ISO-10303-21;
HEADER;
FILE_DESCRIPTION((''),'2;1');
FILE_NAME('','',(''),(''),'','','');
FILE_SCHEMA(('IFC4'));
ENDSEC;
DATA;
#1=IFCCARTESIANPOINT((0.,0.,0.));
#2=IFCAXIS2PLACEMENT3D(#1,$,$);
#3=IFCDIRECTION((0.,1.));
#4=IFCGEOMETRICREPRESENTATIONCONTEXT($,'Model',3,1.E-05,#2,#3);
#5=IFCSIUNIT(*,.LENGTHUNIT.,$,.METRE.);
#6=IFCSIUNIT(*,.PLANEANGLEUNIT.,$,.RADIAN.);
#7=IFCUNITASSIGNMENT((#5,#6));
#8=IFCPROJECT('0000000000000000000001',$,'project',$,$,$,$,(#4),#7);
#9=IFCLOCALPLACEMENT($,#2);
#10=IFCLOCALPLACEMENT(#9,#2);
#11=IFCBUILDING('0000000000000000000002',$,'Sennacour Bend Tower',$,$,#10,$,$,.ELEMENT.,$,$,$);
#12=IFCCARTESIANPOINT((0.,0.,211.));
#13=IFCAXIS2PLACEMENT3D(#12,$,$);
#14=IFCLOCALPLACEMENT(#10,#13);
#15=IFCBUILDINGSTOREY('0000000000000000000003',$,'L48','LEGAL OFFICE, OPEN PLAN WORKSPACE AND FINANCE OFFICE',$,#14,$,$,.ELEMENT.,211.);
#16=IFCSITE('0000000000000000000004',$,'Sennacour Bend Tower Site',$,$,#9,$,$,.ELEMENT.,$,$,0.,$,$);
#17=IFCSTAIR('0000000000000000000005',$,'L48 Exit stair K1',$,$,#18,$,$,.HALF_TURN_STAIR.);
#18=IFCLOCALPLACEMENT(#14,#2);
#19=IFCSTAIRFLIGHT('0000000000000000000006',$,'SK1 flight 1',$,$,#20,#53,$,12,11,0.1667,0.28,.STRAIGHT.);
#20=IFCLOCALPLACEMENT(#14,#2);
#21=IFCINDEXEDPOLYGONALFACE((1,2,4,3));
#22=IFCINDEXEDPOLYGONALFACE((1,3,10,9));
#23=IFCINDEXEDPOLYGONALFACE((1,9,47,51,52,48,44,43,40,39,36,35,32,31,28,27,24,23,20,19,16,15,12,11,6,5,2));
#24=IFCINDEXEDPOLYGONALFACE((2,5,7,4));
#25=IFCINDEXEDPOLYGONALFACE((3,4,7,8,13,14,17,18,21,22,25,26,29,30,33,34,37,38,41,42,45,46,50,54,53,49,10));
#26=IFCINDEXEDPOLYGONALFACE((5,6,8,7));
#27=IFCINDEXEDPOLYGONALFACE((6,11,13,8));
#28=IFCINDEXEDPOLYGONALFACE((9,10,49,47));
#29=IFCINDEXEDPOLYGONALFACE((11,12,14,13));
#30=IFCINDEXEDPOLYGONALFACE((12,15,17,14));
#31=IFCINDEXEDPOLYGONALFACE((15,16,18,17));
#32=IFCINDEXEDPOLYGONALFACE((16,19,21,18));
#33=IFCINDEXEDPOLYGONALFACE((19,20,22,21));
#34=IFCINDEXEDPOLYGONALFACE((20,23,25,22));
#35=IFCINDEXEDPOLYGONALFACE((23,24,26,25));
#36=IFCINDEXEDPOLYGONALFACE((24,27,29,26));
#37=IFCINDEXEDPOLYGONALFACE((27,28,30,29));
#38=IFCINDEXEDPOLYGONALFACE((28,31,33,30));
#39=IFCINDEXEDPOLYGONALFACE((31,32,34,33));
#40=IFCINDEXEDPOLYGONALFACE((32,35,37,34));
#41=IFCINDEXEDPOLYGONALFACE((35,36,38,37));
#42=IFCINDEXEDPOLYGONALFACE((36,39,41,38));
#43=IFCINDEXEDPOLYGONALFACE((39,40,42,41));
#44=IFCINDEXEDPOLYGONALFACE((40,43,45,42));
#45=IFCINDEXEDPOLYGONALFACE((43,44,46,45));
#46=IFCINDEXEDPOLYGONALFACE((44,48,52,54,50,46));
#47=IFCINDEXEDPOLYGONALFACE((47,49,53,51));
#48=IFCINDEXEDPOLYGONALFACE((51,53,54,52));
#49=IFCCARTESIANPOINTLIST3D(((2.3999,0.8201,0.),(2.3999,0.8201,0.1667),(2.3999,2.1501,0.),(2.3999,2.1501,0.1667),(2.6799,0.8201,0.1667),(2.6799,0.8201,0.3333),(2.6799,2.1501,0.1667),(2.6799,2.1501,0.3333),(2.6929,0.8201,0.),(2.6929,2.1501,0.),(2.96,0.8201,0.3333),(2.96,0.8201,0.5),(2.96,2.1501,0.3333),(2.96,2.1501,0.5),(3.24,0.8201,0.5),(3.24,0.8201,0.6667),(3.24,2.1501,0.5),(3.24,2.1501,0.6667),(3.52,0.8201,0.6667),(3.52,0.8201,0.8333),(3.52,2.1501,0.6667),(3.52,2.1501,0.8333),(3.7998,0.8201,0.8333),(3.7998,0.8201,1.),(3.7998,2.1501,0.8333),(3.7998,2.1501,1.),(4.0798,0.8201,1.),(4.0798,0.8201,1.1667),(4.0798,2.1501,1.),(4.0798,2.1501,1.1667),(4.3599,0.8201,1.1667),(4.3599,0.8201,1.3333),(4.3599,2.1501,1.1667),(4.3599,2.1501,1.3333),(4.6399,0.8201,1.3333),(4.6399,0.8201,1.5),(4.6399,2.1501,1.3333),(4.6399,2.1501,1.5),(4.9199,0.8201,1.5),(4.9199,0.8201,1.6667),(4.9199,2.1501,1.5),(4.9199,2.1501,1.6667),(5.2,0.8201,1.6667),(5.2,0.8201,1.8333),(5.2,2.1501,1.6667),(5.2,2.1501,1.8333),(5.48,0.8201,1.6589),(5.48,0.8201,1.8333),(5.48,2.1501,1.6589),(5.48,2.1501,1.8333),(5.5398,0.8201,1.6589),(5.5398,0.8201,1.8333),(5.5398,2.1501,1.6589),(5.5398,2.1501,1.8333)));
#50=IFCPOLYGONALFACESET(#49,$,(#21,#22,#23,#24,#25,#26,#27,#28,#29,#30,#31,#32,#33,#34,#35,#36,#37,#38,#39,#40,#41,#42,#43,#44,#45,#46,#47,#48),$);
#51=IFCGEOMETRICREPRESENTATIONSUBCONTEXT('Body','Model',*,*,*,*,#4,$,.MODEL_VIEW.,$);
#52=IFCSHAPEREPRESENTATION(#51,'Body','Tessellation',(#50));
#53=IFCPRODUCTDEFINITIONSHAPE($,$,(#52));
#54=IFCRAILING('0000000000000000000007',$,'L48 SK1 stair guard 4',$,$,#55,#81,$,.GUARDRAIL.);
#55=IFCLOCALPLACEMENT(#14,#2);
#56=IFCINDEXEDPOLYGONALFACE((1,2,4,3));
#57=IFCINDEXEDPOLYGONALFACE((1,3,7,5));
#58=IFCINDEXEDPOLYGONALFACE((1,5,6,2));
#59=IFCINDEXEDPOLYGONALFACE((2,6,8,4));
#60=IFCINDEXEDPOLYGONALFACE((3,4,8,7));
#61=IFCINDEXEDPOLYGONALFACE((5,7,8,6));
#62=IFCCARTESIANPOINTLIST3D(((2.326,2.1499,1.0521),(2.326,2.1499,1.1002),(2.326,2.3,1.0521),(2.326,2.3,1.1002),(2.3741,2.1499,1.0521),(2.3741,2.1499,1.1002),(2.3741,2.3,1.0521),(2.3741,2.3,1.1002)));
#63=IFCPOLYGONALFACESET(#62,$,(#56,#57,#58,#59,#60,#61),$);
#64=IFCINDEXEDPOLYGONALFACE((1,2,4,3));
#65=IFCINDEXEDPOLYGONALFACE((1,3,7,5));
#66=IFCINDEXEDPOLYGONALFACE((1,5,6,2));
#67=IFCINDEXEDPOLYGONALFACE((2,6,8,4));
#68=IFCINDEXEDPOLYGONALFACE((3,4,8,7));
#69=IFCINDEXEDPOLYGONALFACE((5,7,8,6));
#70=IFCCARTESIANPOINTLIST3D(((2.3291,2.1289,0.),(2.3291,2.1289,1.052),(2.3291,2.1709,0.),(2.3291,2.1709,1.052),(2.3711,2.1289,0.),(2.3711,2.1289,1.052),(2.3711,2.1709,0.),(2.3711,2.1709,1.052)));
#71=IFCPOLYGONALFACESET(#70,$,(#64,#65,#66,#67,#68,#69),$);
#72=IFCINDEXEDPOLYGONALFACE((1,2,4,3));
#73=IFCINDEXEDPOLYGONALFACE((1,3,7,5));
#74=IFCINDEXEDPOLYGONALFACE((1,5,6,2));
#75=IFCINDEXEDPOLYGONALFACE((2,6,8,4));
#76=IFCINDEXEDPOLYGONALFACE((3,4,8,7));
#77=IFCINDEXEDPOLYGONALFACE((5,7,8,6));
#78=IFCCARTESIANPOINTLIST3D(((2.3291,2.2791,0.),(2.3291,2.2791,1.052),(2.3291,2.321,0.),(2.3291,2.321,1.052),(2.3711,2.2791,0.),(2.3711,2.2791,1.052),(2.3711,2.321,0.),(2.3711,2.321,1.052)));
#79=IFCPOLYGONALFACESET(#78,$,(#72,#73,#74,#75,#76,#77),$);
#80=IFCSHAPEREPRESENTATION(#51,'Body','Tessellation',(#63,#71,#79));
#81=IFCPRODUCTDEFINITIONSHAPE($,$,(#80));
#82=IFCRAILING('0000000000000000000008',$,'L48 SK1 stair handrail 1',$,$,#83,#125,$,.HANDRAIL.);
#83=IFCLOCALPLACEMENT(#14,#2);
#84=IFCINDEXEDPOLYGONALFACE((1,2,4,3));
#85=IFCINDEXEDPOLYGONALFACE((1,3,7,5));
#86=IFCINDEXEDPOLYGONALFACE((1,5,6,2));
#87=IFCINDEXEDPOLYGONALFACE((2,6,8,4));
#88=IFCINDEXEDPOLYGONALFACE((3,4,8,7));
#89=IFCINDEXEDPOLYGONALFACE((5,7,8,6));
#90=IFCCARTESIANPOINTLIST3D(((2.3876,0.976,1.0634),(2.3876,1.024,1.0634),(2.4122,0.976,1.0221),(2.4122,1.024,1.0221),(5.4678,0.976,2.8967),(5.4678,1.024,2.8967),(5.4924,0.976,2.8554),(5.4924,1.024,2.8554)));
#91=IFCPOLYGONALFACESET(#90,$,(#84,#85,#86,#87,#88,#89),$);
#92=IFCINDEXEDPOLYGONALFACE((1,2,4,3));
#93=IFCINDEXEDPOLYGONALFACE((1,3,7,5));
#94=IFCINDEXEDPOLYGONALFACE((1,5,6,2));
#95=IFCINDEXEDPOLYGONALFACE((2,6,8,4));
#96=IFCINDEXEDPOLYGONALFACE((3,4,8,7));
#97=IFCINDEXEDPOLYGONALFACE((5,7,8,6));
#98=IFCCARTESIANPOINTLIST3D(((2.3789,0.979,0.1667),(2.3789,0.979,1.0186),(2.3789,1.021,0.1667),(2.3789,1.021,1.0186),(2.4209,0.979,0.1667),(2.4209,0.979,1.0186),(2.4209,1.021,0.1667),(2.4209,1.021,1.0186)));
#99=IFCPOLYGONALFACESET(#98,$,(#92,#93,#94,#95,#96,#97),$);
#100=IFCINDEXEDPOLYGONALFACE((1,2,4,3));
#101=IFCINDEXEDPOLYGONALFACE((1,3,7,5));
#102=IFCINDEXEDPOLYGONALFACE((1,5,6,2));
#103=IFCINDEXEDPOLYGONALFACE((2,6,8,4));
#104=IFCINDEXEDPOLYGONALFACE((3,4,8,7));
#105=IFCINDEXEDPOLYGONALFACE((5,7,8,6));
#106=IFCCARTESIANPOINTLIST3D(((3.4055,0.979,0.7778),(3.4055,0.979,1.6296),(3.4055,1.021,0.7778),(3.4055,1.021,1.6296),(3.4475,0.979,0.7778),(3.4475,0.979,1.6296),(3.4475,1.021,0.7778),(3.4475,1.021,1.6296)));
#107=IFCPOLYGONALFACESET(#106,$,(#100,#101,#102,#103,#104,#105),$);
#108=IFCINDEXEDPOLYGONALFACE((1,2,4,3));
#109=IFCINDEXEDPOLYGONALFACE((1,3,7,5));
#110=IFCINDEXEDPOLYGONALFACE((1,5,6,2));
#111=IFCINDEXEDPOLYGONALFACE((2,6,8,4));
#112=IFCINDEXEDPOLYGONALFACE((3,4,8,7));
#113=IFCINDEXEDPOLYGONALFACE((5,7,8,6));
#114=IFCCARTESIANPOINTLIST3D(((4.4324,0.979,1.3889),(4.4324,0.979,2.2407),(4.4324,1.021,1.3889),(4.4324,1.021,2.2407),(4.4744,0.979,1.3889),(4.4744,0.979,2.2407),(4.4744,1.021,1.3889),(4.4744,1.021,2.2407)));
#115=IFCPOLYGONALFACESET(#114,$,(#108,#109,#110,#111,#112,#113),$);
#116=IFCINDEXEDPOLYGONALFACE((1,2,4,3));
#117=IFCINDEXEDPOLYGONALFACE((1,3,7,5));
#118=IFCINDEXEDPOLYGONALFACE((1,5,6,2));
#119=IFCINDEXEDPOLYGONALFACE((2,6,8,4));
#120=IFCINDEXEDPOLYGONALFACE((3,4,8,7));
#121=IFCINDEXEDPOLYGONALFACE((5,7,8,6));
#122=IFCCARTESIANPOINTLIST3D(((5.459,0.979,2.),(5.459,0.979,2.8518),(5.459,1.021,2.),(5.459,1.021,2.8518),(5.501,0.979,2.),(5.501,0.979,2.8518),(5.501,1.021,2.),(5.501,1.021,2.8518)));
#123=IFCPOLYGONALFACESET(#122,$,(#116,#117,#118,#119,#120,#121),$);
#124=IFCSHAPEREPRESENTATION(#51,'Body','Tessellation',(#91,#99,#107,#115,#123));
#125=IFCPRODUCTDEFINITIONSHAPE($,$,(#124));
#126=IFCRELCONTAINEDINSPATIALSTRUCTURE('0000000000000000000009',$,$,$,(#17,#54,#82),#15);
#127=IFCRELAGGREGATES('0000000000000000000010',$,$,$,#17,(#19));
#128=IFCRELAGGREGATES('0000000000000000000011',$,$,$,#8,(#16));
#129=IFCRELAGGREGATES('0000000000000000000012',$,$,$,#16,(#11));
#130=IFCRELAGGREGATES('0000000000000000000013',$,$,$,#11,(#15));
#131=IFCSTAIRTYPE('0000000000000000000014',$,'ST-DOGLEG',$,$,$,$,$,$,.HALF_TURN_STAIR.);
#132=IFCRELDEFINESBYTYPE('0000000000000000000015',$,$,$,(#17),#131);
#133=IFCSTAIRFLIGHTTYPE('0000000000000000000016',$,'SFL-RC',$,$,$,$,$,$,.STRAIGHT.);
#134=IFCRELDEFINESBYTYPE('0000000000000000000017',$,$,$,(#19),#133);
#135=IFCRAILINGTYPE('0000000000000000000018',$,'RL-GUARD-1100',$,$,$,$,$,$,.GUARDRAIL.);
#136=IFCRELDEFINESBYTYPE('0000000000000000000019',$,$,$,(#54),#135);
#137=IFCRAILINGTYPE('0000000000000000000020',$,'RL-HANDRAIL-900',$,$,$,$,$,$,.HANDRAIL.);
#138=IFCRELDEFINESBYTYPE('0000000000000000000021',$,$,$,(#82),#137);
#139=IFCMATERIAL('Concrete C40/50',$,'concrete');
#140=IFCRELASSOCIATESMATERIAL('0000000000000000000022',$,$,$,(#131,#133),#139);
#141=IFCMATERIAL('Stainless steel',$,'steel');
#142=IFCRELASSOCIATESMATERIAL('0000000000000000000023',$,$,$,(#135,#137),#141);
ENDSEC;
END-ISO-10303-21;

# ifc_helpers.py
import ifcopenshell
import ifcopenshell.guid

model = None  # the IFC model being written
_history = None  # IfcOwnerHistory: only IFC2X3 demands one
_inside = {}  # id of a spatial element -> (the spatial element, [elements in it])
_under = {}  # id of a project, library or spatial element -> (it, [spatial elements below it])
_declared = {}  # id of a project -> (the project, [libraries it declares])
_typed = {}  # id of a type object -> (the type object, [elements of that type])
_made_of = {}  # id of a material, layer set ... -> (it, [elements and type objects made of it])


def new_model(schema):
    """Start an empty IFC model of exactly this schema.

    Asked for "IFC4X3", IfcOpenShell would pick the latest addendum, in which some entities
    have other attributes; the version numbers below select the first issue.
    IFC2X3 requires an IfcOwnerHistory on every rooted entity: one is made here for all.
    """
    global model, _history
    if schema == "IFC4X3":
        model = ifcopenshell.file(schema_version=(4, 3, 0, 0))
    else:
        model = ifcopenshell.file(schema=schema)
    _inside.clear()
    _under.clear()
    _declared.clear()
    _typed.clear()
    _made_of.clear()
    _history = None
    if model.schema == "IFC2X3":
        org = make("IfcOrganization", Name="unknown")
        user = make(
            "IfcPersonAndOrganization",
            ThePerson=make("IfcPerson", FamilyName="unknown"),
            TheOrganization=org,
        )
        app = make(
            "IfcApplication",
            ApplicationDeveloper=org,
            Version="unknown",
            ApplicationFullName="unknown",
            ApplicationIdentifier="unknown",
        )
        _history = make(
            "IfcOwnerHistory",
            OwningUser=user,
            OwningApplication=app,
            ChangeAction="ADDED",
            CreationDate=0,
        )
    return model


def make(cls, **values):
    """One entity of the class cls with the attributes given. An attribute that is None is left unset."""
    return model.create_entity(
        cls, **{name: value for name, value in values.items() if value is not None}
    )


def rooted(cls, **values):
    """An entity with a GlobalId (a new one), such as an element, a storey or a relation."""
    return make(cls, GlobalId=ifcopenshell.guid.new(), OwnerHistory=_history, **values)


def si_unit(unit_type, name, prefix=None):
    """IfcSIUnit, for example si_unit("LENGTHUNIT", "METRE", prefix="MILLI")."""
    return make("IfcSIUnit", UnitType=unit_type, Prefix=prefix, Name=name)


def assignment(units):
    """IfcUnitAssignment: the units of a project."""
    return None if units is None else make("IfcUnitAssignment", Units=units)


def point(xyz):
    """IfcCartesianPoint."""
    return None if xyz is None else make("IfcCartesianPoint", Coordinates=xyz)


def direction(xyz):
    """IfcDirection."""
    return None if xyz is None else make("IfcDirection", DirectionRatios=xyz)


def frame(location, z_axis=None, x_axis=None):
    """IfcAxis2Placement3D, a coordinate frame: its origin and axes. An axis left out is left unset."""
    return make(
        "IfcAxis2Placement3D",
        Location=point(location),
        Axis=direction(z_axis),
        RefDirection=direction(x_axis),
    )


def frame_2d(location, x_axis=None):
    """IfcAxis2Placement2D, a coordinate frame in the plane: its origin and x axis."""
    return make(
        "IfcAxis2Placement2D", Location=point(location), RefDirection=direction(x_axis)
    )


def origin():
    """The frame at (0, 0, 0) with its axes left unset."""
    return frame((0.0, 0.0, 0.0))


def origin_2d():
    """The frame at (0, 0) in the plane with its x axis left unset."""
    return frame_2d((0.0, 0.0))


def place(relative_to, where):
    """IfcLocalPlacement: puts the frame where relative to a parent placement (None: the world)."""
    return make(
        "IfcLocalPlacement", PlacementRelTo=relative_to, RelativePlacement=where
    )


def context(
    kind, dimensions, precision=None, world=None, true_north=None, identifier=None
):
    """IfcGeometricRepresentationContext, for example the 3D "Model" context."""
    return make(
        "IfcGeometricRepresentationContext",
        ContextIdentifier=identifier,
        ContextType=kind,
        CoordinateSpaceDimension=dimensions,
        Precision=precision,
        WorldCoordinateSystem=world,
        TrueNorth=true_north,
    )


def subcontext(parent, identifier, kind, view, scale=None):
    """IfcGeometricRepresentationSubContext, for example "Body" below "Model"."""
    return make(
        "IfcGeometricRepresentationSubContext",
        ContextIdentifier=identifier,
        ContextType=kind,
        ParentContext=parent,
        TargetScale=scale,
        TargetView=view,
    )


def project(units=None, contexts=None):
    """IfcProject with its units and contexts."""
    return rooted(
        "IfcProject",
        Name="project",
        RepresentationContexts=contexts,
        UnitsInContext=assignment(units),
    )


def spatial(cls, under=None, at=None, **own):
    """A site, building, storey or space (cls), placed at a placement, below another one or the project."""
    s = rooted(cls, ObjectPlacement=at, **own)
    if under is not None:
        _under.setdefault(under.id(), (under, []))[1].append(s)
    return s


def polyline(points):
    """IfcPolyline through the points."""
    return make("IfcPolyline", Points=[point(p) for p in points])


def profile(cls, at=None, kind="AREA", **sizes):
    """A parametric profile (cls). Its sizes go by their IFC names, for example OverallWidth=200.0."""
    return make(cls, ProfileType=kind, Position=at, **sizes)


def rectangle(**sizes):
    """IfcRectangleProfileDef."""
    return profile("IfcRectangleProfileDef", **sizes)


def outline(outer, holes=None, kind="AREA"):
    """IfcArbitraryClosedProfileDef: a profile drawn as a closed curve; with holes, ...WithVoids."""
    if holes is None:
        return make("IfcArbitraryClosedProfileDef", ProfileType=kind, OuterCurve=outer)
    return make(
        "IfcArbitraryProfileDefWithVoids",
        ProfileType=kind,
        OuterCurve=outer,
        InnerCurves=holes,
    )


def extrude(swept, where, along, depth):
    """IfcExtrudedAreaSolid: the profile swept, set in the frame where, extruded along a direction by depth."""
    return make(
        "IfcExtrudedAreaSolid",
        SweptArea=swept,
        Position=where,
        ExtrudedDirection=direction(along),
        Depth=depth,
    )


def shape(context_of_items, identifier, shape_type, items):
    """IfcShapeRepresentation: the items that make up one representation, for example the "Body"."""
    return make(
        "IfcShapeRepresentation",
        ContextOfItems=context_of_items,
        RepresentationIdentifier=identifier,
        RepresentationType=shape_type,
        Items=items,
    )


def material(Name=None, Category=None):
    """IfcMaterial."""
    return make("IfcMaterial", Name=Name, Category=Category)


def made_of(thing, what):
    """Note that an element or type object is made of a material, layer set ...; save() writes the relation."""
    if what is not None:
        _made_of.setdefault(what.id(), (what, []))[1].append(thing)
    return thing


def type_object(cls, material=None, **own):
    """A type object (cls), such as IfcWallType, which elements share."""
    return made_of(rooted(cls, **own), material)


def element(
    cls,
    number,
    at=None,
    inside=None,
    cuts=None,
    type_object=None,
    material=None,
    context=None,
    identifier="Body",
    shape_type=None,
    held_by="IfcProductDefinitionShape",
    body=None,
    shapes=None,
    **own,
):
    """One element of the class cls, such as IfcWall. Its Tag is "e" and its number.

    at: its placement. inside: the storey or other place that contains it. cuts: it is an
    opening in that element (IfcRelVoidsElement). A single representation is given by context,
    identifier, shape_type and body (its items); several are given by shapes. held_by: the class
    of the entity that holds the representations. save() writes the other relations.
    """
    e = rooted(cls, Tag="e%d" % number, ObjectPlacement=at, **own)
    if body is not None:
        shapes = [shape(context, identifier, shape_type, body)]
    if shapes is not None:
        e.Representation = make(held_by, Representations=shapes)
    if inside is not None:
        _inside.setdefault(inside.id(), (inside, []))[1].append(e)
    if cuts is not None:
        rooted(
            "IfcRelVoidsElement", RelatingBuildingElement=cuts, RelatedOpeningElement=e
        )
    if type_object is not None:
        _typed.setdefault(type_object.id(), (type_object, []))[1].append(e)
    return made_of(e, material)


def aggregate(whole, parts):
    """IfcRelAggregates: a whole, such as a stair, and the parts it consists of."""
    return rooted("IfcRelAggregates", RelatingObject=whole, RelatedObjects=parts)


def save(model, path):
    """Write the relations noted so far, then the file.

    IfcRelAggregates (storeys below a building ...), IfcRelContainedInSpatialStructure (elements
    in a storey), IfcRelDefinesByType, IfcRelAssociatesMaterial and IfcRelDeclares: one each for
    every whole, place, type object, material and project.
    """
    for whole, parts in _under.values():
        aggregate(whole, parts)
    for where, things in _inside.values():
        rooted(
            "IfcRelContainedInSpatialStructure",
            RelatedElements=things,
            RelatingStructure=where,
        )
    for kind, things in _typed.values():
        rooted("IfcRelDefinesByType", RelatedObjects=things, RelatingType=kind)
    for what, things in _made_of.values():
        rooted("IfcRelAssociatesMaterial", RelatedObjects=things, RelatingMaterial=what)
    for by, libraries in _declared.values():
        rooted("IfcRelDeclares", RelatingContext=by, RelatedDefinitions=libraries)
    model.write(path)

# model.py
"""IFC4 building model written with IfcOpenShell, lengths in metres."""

from ifc_helpers import new_model, si_unit, direction, frame, origin, origin_2d, place, context, subcontext, project, spatial, polyline, rectangle, outline, extrude, material, type_object, element, aggregate, save


model = new_model("IFC4")

# Units and contexts
model_context = context("Model", 3, precision=1e-05, world=origin(), true_north=direction((0.0, 1.0)))
body_context = subcontext(model_context, "Body", "Model", "MODEL_VIEW")
ifc_project = project(units=[si_unit("LENGTHUNIT", "METRE"), si_unit("PLANEANGLEUNIT", "RADIAN")], contexts=[model_context])

# Site, building, storey
site_placement = place(None, origin())
site = spatial("IfcSite", under=ifc_project, at=site_placement, Name="Sennacour Bend Tower Site", CompositionType="ELEMENT", RefElevation=0.0)
building_placement = place(site_placement, origin())
building = spatial("IfcBuilding", under=site, at=building_placement, Name="Sennacour Bend Tower", CompositionType="ELEMENT")
storey_placement = place(building_placement, frame((0.0, 0.0, 211.0)))
storey = spatial("IfcBuildingStorey", under=building, at=storey_placement, Name="L48", Description="LEGAL OFFICE, OPEN PLAN WORKSPACE AND FINANCE OFFICE", CompositionType="ELEMENT", Elevation=211.0)

# Stair, stair flight
ifc_material_1 = material(Name="Concrete C40/50", Category="concrete")
stair_type = type_object("IfcStairType", Name="ST-DOGLEG", PredefinedType="HALF_TURN_STAIR", material=ifc_material_1)
stair_placement = place(storey_placement, origin())
stair = element("IfcStair", 1, at=stair_placement, inside=storey, type_object=stair_type, Name="L48 Exit stair K1", PredefinedType="HALF_TURN_STAIR")
stair_flight_type = type_object("IfcStairFlightType", Name="SFL-RC", PredefinedType="STRAIGHT", material=ifc_material_1)
stair_flight_placement = place(storey_placement, frame((2.3999, 1.4851, 0.0), z_axis=(0.0, 0.0, 1.0), x_axis=(1.0, 0.0, 0.0)))
stair_flight = element("IfcStairFlight", 2, at=stair_flight_placement, type_object=stair_flight_type, Name="SK1 flight 1", NumberOfRisers=12, NumberOfTreads=11, PredefinedType="STRAIGHT", RiserHeight=0.1667, TreadLength=0.28, context=body_context, shape_type="SweptSolid", body=[
    extrude(outline(polyline([(0.0, 0.0), (0.0, 0.1667), (0.28, 0.1667), (0.28, 0.3333), (0.5601, 0.3333), (0.5601, 0.5), (0.8401, 0.5), (0.8401, 0.6667), (1.1201, 0.6667), (1.1201, 0.8333), (1.3999, 0.8333), (1.3999, 1.0), (1.6799, 1.0), (1.6799, 1.1667), (1.96, 1.1667), (1.96, 1.3333), (2.24, 1.3333), (2.24, 1.5), (2.52, 1.5), (2.52, 1.6667), (2.8, 1.6667), (2.8, 1.8333), (3.0801, 1.8333), (3.1399, 1.8333), (3.1399, 1.6589), (3.0801, 1.6589), (0.293, 0.0), (0.0, 0.0)])), frame((0.0, 0.665, 0.0), z_axis=(0.0, -1.0, 0.0), x_axis=(1.0, 0.0, 0.0)), (0.0, 0.0, 1.0), 1.3301),
])
aggregate(stair, [stair_flight])

# Railings
ifc_material_2 = material(Name="Stainless steel", Category="steel")
railing_type_1 = type_object("IfcRailingType", Name="RL-GUARD-1100", PredefinedType="GUARDRAIL", material=ifc_material_2)
railing_1_placement = place(storey_placement, frame((2.3501, 2.1499, 0.0)))
element("IfcRailing", 3, at=railing_1_placement, inside=storey, type_object=railing_type_1, Name="L48 SK1 stair guard 4", PredefinedType="GUARDRAIL", context=body_context, shape_type="SweptSolid", body=[
    extrude(rectangle(XDim=0.0481, YDim=0.0481, at=origin_2d()), frame((0.0, 0.0, 1.0762), z_axis=(0.0, 1.0, 0.0), x_axis=(-1.0, 0.0, 0.0)), (0.0, 0.0, 1.0), 0.1501),
    extrude(rectangle(XDim=0.042, YDim=0.042, at=origin_2d()), origin(), (0.0, 0.0, 1.0), 1.052),
    extrude(rectangle(XDim=0.042, YDim=0.042, at=origin_2d()), frame((0.0, 0.1501, 0.0)), (0.0, 0.0, 1.0), 1.052),
])
railing_type_2 = type_object("IfcRailingType", Name="RL-HANDRAIL-900", PredefinedType="HANDRAIL", material=ifc_material_2)
railing_2_placement = place(storey_placement, frame((2.3999, 1.0, 0.1667)))
element("IfcRailing", 4, at=railing_2_placement, inside=storey, type_object=railing_type_2, Name="L48 SK1 stair handrail 1", PredefinedType="HANDRAIL", context=body_context, shape_type="SweptSolid", body=[
    extrude(rectangle(XDim=0.0481, YDim=0.0481, at=origin_2d()), frame((0.0, 0.0, 0.876), z_axis=(0.859309, 0.0, 0.511458), x_axis=(0.0, 1.0, 0.0)), (0.0, 0.0, 1.0), 3.5845),
    extrude(rectangle(XDim=0.042, YDim=0.042, at=origin_2d()), origin(), (0.0, 0.0, 1.0), 0.8518),
    extrude(rectangle(XDim=0.042, YDim=0.042, at=origin_2d()), frame((1.0266, 0.0, 0.6111)), (0.0, 0.0, 1.0), 0.8518),
    extrude(rectangle(XDim=0.042, YDim=0.042, at=origin_2d()), frame((2.0535, 0.0, 1.2222)), (0.0, 0.0, 1.0), 0.8518),
    extrude(rectangle(XDim=0.042, YDim=0.042, at=origin_2d()), frame((3.0801, 0.0, 1.8333)), (0.0, 0.0, 1.0), 0.8518),
])

save(model, "model.ifc")
